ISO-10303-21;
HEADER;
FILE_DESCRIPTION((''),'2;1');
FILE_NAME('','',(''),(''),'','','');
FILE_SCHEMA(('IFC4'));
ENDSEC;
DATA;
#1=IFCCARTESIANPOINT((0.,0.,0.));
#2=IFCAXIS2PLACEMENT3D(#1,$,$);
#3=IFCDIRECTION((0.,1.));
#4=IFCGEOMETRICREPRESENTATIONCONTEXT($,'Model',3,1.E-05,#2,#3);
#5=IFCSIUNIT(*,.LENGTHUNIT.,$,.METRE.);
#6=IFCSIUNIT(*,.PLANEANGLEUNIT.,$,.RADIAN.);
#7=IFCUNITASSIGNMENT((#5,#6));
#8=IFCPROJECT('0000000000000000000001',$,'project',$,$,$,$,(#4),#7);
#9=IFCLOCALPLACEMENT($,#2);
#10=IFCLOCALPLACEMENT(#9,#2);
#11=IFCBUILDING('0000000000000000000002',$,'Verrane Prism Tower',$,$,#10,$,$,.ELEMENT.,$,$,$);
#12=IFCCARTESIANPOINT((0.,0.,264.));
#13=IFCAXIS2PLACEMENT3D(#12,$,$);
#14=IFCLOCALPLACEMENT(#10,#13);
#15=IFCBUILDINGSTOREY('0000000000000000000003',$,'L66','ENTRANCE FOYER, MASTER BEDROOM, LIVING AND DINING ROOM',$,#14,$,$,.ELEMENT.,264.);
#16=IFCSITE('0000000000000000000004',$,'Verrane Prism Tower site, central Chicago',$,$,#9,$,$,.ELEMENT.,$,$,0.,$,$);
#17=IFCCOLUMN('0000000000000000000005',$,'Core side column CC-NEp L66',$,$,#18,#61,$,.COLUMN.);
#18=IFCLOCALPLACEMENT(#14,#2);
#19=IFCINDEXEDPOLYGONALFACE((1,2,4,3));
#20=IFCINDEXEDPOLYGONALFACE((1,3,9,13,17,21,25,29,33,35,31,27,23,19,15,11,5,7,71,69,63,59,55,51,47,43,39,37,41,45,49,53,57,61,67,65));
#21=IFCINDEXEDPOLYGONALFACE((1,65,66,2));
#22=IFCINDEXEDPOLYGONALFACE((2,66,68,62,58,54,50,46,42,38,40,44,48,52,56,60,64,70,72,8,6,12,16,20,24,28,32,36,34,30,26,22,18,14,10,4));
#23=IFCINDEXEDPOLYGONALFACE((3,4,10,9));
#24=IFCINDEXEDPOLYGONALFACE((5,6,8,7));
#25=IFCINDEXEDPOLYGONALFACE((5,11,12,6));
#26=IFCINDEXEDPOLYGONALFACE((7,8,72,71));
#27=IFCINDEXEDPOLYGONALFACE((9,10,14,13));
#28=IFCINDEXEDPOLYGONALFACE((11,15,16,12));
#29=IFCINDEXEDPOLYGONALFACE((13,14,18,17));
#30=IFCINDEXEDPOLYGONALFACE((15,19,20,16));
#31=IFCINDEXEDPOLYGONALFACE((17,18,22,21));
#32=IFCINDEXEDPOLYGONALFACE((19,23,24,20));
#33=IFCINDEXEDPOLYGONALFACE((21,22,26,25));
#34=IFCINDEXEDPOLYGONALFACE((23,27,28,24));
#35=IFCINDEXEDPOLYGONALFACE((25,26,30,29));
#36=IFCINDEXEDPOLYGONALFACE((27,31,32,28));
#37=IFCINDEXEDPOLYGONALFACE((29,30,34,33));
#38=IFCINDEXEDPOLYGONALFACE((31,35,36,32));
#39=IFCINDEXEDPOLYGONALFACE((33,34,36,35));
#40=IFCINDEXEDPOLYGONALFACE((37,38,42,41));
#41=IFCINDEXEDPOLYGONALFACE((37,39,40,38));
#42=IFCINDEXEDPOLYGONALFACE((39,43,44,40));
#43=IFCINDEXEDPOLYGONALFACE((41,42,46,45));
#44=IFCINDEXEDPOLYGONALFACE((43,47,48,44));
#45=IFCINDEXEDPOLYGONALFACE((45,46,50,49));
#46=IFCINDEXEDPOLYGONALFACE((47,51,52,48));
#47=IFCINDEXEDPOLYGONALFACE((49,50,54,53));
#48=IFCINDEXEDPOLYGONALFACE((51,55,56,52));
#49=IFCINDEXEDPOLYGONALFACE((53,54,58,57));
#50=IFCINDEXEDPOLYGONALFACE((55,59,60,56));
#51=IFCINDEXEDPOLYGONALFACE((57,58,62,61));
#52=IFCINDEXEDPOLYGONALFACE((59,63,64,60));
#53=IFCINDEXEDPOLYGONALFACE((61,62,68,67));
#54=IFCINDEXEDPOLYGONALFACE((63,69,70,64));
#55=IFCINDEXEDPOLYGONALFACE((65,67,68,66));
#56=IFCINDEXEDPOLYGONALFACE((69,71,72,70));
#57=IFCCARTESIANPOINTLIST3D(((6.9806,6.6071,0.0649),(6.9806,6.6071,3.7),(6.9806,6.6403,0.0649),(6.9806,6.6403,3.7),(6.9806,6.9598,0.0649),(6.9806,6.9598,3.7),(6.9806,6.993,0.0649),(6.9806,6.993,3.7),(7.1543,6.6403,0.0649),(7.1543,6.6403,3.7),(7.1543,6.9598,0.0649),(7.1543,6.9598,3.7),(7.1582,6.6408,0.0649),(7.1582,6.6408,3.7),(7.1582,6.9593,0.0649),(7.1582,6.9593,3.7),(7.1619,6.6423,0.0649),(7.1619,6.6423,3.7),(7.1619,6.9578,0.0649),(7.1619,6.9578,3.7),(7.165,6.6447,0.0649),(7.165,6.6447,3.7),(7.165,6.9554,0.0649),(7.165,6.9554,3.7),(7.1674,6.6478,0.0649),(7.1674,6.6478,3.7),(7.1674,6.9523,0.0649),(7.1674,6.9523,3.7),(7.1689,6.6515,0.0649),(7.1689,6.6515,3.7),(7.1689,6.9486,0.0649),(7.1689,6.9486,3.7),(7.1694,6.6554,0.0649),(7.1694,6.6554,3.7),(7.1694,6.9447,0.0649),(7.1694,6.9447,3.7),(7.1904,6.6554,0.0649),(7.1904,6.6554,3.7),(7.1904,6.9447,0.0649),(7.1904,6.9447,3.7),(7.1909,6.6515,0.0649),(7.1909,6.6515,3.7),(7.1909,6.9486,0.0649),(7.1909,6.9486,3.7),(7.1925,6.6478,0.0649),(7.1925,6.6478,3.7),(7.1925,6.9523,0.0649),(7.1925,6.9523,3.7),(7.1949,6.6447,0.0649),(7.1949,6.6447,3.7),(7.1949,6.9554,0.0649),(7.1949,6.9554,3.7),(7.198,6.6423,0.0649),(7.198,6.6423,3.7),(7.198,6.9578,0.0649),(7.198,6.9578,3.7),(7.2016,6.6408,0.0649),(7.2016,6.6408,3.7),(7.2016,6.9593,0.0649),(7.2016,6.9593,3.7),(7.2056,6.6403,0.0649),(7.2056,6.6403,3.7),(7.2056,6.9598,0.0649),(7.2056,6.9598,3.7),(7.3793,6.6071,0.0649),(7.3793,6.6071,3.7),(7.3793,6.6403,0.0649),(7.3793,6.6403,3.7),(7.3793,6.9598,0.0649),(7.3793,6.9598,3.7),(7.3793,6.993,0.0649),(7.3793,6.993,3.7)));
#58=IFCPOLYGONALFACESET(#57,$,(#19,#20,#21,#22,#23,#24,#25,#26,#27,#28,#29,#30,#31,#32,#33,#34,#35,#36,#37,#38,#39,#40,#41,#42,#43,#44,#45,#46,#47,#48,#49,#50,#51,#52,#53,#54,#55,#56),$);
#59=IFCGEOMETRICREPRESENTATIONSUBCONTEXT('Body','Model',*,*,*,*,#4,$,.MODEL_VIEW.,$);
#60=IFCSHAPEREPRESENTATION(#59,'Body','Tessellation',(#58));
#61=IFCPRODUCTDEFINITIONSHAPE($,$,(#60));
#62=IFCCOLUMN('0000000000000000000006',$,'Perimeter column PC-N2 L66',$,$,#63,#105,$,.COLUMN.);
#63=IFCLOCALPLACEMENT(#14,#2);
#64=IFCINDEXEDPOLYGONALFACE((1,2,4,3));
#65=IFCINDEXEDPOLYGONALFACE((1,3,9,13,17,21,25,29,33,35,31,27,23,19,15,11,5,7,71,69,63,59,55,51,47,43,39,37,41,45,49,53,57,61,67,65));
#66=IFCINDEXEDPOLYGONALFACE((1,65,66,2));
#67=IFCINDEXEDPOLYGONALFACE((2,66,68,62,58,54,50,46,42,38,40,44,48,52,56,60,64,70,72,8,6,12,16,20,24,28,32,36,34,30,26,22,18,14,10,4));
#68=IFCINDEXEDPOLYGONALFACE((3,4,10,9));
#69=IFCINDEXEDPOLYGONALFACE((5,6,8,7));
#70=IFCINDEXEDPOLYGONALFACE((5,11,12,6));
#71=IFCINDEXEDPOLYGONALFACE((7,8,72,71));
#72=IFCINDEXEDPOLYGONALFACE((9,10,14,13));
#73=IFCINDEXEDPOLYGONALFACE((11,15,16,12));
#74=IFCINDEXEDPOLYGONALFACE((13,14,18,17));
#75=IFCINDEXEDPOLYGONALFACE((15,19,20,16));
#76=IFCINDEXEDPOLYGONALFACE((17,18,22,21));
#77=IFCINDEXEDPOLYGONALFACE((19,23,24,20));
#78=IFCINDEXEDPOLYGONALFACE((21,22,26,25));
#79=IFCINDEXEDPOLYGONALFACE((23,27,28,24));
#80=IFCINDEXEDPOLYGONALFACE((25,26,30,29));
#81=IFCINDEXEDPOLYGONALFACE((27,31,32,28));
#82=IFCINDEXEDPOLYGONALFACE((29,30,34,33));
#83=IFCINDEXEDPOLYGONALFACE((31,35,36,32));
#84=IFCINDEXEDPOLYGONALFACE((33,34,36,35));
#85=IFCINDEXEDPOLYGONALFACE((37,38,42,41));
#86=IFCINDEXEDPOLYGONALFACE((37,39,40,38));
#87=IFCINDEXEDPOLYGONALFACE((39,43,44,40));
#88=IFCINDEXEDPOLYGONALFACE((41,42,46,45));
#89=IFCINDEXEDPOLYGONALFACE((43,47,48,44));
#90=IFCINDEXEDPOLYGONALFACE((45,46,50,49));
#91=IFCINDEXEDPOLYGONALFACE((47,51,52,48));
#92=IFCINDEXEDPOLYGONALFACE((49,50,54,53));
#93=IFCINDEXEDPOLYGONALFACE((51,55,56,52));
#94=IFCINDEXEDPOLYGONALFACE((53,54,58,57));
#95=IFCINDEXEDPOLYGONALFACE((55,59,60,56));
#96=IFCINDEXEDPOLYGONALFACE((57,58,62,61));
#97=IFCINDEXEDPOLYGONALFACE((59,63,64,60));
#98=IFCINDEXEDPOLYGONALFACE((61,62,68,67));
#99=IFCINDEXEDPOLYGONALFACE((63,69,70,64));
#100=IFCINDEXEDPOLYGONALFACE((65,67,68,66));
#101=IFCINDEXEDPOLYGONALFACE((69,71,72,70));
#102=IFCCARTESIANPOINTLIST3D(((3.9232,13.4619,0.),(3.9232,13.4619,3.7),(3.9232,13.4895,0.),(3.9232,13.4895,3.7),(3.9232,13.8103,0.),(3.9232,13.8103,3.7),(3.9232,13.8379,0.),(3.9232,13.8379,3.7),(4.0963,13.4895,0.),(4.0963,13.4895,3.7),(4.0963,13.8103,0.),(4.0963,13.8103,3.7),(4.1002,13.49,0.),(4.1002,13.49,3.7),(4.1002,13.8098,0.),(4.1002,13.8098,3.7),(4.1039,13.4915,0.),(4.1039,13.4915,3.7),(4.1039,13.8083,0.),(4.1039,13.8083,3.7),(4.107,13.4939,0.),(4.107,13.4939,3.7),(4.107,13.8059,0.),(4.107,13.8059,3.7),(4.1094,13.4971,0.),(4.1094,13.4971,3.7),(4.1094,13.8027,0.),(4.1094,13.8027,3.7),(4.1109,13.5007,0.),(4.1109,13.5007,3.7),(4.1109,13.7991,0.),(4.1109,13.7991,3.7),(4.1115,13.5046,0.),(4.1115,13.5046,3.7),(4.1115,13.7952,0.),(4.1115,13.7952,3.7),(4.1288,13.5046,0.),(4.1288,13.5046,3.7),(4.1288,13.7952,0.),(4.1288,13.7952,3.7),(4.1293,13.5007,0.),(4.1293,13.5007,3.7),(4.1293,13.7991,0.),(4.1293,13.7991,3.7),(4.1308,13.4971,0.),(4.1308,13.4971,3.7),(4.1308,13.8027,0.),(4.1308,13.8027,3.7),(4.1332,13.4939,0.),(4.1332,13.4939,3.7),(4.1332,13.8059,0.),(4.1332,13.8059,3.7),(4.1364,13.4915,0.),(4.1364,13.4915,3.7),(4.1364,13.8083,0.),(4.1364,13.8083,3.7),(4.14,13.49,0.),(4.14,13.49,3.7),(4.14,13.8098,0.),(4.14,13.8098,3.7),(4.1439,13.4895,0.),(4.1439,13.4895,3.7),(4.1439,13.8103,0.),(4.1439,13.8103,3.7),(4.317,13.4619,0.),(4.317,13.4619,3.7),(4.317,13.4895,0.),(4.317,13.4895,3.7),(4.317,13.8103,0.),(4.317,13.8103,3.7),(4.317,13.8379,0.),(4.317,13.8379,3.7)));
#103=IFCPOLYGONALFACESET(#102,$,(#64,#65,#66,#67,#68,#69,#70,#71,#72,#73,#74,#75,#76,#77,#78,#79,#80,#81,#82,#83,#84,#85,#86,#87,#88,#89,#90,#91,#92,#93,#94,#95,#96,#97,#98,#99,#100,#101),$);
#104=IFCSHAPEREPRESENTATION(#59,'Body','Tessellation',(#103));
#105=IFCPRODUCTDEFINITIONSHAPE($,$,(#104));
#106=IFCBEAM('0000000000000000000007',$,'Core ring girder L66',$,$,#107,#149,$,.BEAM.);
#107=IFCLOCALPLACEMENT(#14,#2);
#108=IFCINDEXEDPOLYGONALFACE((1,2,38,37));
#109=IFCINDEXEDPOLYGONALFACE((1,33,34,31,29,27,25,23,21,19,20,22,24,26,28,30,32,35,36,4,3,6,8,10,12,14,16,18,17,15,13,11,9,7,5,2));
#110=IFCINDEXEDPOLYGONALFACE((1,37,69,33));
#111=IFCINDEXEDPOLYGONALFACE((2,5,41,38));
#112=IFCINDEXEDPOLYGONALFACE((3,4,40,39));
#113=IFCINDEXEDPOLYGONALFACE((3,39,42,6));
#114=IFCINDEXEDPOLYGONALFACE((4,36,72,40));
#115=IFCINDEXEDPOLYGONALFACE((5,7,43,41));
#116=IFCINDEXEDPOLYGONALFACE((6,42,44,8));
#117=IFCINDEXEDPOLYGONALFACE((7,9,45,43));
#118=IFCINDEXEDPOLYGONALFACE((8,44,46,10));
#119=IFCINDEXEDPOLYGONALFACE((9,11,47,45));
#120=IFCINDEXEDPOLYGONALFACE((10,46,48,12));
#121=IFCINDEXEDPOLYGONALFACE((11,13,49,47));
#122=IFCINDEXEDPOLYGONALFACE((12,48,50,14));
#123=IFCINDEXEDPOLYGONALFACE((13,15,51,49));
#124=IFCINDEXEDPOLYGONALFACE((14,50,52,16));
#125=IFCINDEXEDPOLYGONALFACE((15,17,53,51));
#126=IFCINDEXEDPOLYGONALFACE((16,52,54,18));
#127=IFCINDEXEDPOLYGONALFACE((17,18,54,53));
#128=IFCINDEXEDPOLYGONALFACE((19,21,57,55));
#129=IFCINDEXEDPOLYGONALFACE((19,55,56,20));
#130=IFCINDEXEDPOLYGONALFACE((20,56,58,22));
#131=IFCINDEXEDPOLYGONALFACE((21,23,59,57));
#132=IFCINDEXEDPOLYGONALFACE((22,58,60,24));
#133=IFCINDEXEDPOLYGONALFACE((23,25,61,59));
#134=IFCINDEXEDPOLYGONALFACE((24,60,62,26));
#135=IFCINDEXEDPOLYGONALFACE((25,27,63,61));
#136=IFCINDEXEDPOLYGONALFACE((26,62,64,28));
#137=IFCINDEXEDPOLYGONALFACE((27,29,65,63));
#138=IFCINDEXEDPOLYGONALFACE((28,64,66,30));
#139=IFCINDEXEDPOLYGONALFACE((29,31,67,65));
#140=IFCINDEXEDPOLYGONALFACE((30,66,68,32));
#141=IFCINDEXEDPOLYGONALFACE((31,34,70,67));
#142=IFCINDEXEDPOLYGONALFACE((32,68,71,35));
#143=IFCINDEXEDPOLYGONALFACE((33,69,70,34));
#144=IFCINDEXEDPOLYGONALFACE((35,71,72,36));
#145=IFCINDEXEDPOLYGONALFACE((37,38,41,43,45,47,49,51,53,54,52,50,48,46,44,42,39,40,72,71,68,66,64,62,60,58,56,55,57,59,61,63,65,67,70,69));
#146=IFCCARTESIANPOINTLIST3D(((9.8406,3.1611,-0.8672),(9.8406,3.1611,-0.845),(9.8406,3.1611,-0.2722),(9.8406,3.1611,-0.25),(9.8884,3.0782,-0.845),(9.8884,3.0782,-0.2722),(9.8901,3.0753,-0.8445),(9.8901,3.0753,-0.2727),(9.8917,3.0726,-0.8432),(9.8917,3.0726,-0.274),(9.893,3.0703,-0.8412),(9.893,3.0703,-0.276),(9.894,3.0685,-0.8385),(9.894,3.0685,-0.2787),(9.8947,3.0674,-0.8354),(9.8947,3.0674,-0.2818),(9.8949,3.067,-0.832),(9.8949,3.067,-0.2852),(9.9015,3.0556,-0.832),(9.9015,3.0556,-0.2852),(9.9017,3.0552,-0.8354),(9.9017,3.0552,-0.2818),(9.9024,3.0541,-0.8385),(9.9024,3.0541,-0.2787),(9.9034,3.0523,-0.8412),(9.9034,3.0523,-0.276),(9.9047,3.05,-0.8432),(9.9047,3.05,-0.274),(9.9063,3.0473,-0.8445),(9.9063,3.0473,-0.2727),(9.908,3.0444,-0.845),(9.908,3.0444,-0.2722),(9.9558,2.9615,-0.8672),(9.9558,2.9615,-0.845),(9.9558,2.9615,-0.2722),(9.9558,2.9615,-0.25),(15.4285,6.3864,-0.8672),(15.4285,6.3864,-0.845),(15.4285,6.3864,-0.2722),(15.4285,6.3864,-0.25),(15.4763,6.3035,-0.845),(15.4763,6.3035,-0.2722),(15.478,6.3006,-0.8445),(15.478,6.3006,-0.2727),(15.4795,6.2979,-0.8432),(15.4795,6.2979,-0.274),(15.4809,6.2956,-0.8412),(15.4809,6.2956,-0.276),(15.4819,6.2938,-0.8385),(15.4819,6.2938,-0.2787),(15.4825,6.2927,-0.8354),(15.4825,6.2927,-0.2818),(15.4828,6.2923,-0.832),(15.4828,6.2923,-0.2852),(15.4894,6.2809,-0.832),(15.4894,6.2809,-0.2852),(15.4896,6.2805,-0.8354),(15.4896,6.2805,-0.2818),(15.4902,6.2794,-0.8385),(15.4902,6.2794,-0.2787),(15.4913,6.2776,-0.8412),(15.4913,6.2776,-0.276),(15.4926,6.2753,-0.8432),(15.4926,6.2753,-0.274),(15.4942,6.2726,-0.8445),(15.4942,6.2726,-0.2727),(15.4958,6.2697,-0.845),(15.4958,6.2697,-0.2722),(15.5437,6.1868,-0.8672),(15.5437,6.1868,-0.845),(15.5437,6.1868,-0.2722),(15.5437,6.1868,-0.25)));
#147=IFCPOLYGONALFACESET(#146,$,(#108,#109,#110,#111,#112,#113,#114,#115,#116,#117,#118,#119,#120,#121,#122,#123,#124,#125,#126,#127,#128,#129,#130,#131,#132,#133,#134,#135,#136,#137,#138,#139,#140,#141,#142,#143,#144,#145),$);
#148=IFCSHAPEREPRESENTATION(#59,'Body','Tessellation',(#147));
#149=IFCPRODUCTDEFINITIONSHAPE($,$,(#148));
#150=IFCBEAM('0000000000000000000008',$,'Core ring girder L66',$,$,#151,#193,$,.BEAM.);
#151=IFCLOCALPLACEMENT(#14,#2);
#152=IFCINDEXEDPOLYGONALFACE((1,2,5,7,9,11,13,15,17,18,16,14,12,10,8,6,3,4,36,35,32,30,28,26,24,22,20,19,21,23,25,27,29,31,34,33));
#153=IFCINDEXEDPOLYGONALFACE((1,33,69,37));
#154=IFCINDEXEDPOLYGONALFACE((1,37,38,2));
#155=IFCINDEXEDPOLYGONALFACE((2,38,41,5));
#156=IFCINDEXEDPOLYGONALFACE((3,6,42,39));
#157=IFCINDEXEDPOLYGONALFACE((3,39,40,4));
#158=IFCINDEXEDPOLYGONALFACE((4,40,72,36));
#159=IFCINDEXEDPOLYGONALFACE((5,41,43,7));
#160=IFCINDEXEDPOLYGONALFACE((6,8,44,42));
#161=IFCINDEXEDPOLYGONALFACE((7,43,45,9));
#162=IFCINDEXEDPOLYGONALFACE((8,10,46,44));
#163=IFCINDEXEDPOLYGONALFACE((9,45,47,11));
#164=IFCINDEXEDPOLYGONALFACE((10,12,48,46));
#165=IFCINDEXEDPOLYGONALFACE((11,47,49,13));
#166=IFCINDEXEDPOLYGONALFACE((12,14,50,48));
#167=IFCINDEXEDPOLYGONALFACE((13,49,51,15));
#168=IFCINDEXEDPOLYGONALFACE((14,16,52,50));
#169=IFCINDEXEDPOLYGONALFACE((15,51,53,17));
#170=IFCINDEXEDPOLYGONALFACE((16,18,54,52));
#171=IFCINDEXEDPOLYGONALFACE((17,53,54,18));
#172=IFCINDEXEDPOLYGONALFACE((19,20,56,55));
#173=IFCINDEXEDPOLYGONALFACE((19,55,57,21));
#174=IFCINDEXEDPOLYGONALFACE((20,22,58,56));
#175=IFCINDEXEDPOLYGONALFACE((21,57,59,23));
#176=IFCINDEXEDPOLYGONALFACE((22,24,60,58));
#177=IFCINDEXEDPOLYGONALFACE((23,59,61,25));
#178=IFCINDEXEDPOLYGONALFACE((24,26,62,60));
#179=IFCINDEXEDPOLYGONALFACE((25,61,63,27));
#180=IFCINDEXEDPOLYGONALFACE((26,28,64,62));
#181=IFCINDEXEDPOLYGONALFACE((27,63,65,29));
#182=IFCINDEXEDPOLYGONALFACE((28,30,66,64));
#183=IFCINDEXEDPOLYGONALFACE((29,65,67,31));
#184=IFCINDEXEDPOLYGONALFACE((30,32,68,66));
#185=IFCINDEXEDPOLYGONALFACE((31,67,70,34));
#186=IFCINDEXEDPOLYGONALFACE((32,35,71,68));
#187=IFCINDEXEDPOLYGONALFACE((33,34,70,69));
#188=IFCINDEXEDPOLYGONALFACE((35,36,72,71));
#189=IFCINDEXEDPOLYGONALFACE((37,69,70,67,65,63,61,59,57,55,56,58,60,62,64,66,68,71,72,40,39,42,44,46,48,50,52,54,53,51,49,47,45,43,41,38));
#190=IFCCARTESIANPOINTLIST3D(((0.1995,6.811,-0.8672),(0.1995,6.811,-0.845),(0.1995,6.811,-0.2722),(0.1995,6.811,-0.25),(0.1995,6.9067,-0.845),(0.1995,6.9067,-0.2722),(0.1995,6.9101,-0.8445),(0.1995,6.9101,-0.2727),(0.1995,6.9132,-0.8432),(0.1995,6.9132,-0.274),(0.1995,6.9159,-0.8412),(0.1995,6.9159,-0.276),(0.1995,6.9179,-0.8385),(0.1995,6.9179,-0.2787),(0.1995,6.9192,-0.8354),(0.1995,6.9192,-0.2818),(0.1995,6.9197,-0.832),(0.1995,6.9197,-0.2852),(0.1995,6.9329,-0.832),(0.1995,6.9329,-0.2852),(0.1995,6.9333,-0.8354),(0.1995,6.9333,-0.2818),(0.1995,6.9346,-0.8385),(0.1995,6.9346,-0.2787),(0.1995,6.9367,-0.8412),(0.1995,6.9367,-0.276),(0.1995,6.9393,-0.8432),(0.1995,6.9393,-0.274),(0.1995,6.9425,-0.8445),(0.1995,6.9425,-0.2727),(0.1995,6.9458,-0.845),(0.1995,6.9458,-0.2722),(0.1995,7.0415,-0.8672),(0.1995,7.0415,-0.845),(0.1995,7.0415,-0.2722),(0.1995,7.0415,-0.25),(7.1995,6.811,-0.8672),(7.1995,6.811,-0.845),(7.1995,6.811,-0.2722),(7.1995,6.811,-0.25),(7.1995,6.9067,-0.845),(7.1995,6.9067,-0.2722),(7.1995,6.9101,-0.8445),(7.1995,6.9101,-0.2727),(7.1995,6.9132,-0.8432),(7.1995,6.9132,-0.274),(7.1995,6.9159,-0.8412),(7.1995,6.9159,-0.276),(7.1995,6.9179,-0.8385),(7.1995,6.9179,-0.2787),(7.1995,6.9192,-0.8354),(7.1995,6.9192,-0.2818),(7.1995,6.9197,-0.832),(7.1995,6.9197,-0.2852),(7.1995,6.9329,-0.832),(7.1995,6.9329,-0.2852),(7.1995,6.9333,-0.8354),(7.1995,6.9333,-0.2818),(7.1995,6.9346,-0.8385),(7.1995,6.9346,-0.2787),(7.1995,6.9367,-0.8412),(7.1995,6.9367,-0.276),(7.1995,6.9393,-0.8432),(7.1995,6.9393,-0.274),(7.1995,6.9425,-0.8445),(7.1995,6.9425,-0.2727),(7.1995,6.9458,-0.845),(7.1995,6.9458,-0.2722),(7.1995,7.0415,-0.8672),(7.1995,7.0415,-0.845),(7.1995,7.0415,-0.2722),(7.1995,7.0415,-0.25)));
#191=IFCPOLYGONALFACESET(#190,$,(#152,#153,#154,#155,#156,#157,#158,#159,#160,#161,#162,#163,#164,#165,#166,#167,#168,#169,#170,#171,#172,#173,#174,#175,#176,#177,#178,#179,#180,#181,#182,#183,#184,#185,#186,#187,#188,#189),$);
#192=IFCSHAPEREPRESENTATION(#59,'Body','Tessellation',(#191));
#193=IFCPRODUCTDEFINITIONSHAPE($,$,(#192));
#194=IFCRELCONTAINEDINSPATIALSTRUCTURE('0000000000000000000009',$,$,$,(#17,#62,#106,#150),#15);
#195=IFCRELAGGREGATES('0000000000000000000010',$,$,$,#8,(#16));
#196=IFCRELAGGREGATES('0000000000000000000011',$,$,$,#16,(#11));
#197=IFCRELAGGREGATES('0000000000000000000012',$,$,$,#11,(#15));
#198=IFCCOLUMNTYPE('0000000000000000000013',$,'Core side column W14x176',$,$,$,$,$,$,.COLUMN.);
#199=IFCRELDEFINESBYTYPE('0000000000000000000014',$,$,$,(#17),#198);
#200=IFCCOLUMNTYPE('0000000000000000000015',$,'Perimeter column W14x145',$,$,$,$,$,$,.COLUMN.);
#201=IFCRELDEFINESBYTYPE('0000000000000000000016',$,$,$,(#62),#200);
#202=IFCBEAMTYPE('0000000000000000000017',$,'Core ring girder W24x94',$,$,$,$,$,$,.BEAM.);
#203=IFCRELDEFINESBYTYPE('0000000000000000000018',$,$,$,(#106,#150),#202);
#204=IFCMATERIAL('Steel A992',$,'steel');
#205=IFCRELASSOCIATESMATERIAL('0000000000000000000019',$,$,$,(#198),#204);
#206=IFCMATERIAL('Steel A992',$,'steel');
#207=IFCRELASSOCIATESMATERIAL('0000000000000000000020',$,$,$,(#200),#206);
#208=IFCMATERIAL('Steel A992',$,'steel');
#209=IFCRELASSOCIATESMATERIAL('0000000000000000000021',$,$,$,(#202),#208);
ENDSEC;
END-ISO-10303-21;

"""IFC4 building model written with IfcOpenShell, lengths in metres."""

from ifc_helpers import new_model, si_unit, direction, frame, origin, origin_2d, place, context, subcontext, project, spatial, i_section, extrude, material, material_profile, profile_set, type_object, element, save


model = new_model("IFC4")

# Units and contexts
model_context = context("Model", 3, precision=1e-05, world=origin(), true_north=direction((0.0, 1.0)))
body_context = subcontext(model_context, "Body", "Model", "MODEL_VIEW")
ifc_project = project(units=[si_unit("LENGTHUNIT", "METRE"), si_unit("PLANEANGLEUNIT", "RADIAN")], contexts=[model_context])

# Site, building, storey
site_placement = place(None, origin())
site = spatial("IfcSite", under=ifc_project, at=site_placement, Name="Verrane Prism Tower site, central Chicago", CompositionType="ELEMENT", RefElevation=0.0)
building_placement = place(site_placement, origin())
building = spatial("IfcBuilding", under=site, at=building_placement, Name="Verrane Prism Tower", CompositionType="ELEMENT")
storey_placement = place(building_placement, frame((0.0, 0.0, 264.0)))
storey = spatial("IfcBuildingStorey", under=building, at=storey_placement, Name="L66", Description="ENTRANCE FOYER, MASTER BEDROOM, LIVING AND DINING ROOM", CompositionType="ELEMENT", Elevation=264.0)

# Columns
ifc_material_1 = material(Name="Steel A992", Category="steel")
ifc_material_profile_1 = material_profile(ifc_material_1, i_section(OverallWidth=0.3987, OverallDepth=0.386, WebThickness=0.021, FlangeThickness=0.0332, FilletRadius=0.0151, at=origin_2d()), Name="W14x176")
ifc_profile_set_1 = profile_set([ifc_material_profile_1], Name="Steel A992")
column_type_1 = type_object("IfcColumnType", Name="Core side column W14x176", PredefinedType="COLUMN", material=ifc_profile_set_1)
column_1_placement = place(storey_placement, frame((7.1799, 6.8, 0.0649), z_axis=(0.0, 0.0, 1.0), x_axis=(1.0, 0.0, 0.0)))
element("IfcColumn", 1, at=column_1_placement, inside=storey, type_object=column_type_1, Name="Core side column CC-NEp L66", PredefinedType="COLUMN", context=body_context, shape_type="SweptSolid", body=[
    extrude(i_section(OverallWidth=0.3987, OverallDepth=0.386, WebThickness=0.021, FlangeThickness=0.0332, FilletRadius=0.0151, at=origin_2d()), origin(), (0.0, 0.0, 1.0), 3.635),
])
ifc_material_2 = material(Name="Steel A992", Category="steel")
ifc_material_profile_2 = material_profile(ifc_material_2, i_section(OverallWidth=0.3938, OverallDepth=0.376, WebThickness=0.0173, FlangeThickness=0.0276, FilletRadius=0.0151, at=origin_2d()), Name="W14x145")
ifc_profile_set_2 = profile_set([ifc_material_profile_2], Name="Steel A992")
column_type_2 = type_object("IfcColumnType", Name="Perimeter column W14x145", PredefinedType="COLUMN", material=ifc_profile_set_2)
column_2_placement = place(storey_placement, frame((4.1201, 13.6499, 0.0), z_axis=(0.0, 0.0, 1.0), x_axis=(1.0, 0.0, 0.0)))
element("IfcColumn", 2, at=column_2_placement, inside=storey, type_object=column_type_2, Name="Perimeter column PC-N2 L66", PredefinedType="COLUMN", context=body_context, shape_type="SweptSolid", body=[
    extrude(i_section(OverallWidth=0.3938, OverallDepth=0.376, WebThickness=0.0173, FlangeThickness=0.0276, FilletRadius=0.0151, at=origin_2d()), origin(), (0.0, 0.0, 1.0), 3.7),
])

# Beams
ifc_material_3 = material(Name="Steel A992", Category="steel")
ifc_material_profile_3 = material_profile(ifc_material_3, i_section(OverallWidth=0.2305, OverallDepth=0.6172, WebThickness=0.0132, FlangeThickness=0.0222, FilletRadius=0.0129, at=origin_2d()), Name="W24x94")
ifc_profile_set_3 = profile_set([ifc_material_profile_3], Name="Steel A992")
beam_type_1 = type_object("IfcBeamType", Name="Core ring girder W24x94", PredefinedType="BEAM", material=ifc_profile_set_3)
beam_1_placement = place(storey_placement, frame((9.8982, 3.0613, -0.5586), z_axis=(0.866081, 0.499904, 0.0), x_axis=(-0.499904, 0.866081, 0.0)))
element("IfcBeam", 3, at=beam_1_placement, inside=storey, type_object=beam_type_1, Name="Core ring girder L66", PredefinedType="BEAM", context=body_context, shape_type="SweptSolid", body=[
    extrude(i_section(OverallWidth=0.2305, OverallDepth=0.6172, WebThickness=0.0132, FlangeThickness=0.0222, FilletRadius=0.0129, at=origin_2d()), origin(), (0.0, 0.0, 1.0), 6.4519),
])
beam_2_placement = place(storey_placement, frame((7.1995, 6.9263, -0.5586), z_axis=(-1.0, 0.0, 0.0), x_axis=(0.0, -1.0, 0.0)))
element("IfcBeam", 4, at=beam_2_placement, inside=storey, type_object=beam_type_1, Name="Core ring girder L66", PredefinedType="BEAM", context=body_context, shape_type="SweptSolid", body=[
    extrude(i_section(OverallWidth=0.2305, OverallDepth=0.6172, WebThickness=0.0132, FlangeThickness=0.0222, FilletRadius=0.0129, at=origin_2d()), origin(), (0.0, 0.0, 1.0), 7.0),
])

save(model, "model.ifc")
